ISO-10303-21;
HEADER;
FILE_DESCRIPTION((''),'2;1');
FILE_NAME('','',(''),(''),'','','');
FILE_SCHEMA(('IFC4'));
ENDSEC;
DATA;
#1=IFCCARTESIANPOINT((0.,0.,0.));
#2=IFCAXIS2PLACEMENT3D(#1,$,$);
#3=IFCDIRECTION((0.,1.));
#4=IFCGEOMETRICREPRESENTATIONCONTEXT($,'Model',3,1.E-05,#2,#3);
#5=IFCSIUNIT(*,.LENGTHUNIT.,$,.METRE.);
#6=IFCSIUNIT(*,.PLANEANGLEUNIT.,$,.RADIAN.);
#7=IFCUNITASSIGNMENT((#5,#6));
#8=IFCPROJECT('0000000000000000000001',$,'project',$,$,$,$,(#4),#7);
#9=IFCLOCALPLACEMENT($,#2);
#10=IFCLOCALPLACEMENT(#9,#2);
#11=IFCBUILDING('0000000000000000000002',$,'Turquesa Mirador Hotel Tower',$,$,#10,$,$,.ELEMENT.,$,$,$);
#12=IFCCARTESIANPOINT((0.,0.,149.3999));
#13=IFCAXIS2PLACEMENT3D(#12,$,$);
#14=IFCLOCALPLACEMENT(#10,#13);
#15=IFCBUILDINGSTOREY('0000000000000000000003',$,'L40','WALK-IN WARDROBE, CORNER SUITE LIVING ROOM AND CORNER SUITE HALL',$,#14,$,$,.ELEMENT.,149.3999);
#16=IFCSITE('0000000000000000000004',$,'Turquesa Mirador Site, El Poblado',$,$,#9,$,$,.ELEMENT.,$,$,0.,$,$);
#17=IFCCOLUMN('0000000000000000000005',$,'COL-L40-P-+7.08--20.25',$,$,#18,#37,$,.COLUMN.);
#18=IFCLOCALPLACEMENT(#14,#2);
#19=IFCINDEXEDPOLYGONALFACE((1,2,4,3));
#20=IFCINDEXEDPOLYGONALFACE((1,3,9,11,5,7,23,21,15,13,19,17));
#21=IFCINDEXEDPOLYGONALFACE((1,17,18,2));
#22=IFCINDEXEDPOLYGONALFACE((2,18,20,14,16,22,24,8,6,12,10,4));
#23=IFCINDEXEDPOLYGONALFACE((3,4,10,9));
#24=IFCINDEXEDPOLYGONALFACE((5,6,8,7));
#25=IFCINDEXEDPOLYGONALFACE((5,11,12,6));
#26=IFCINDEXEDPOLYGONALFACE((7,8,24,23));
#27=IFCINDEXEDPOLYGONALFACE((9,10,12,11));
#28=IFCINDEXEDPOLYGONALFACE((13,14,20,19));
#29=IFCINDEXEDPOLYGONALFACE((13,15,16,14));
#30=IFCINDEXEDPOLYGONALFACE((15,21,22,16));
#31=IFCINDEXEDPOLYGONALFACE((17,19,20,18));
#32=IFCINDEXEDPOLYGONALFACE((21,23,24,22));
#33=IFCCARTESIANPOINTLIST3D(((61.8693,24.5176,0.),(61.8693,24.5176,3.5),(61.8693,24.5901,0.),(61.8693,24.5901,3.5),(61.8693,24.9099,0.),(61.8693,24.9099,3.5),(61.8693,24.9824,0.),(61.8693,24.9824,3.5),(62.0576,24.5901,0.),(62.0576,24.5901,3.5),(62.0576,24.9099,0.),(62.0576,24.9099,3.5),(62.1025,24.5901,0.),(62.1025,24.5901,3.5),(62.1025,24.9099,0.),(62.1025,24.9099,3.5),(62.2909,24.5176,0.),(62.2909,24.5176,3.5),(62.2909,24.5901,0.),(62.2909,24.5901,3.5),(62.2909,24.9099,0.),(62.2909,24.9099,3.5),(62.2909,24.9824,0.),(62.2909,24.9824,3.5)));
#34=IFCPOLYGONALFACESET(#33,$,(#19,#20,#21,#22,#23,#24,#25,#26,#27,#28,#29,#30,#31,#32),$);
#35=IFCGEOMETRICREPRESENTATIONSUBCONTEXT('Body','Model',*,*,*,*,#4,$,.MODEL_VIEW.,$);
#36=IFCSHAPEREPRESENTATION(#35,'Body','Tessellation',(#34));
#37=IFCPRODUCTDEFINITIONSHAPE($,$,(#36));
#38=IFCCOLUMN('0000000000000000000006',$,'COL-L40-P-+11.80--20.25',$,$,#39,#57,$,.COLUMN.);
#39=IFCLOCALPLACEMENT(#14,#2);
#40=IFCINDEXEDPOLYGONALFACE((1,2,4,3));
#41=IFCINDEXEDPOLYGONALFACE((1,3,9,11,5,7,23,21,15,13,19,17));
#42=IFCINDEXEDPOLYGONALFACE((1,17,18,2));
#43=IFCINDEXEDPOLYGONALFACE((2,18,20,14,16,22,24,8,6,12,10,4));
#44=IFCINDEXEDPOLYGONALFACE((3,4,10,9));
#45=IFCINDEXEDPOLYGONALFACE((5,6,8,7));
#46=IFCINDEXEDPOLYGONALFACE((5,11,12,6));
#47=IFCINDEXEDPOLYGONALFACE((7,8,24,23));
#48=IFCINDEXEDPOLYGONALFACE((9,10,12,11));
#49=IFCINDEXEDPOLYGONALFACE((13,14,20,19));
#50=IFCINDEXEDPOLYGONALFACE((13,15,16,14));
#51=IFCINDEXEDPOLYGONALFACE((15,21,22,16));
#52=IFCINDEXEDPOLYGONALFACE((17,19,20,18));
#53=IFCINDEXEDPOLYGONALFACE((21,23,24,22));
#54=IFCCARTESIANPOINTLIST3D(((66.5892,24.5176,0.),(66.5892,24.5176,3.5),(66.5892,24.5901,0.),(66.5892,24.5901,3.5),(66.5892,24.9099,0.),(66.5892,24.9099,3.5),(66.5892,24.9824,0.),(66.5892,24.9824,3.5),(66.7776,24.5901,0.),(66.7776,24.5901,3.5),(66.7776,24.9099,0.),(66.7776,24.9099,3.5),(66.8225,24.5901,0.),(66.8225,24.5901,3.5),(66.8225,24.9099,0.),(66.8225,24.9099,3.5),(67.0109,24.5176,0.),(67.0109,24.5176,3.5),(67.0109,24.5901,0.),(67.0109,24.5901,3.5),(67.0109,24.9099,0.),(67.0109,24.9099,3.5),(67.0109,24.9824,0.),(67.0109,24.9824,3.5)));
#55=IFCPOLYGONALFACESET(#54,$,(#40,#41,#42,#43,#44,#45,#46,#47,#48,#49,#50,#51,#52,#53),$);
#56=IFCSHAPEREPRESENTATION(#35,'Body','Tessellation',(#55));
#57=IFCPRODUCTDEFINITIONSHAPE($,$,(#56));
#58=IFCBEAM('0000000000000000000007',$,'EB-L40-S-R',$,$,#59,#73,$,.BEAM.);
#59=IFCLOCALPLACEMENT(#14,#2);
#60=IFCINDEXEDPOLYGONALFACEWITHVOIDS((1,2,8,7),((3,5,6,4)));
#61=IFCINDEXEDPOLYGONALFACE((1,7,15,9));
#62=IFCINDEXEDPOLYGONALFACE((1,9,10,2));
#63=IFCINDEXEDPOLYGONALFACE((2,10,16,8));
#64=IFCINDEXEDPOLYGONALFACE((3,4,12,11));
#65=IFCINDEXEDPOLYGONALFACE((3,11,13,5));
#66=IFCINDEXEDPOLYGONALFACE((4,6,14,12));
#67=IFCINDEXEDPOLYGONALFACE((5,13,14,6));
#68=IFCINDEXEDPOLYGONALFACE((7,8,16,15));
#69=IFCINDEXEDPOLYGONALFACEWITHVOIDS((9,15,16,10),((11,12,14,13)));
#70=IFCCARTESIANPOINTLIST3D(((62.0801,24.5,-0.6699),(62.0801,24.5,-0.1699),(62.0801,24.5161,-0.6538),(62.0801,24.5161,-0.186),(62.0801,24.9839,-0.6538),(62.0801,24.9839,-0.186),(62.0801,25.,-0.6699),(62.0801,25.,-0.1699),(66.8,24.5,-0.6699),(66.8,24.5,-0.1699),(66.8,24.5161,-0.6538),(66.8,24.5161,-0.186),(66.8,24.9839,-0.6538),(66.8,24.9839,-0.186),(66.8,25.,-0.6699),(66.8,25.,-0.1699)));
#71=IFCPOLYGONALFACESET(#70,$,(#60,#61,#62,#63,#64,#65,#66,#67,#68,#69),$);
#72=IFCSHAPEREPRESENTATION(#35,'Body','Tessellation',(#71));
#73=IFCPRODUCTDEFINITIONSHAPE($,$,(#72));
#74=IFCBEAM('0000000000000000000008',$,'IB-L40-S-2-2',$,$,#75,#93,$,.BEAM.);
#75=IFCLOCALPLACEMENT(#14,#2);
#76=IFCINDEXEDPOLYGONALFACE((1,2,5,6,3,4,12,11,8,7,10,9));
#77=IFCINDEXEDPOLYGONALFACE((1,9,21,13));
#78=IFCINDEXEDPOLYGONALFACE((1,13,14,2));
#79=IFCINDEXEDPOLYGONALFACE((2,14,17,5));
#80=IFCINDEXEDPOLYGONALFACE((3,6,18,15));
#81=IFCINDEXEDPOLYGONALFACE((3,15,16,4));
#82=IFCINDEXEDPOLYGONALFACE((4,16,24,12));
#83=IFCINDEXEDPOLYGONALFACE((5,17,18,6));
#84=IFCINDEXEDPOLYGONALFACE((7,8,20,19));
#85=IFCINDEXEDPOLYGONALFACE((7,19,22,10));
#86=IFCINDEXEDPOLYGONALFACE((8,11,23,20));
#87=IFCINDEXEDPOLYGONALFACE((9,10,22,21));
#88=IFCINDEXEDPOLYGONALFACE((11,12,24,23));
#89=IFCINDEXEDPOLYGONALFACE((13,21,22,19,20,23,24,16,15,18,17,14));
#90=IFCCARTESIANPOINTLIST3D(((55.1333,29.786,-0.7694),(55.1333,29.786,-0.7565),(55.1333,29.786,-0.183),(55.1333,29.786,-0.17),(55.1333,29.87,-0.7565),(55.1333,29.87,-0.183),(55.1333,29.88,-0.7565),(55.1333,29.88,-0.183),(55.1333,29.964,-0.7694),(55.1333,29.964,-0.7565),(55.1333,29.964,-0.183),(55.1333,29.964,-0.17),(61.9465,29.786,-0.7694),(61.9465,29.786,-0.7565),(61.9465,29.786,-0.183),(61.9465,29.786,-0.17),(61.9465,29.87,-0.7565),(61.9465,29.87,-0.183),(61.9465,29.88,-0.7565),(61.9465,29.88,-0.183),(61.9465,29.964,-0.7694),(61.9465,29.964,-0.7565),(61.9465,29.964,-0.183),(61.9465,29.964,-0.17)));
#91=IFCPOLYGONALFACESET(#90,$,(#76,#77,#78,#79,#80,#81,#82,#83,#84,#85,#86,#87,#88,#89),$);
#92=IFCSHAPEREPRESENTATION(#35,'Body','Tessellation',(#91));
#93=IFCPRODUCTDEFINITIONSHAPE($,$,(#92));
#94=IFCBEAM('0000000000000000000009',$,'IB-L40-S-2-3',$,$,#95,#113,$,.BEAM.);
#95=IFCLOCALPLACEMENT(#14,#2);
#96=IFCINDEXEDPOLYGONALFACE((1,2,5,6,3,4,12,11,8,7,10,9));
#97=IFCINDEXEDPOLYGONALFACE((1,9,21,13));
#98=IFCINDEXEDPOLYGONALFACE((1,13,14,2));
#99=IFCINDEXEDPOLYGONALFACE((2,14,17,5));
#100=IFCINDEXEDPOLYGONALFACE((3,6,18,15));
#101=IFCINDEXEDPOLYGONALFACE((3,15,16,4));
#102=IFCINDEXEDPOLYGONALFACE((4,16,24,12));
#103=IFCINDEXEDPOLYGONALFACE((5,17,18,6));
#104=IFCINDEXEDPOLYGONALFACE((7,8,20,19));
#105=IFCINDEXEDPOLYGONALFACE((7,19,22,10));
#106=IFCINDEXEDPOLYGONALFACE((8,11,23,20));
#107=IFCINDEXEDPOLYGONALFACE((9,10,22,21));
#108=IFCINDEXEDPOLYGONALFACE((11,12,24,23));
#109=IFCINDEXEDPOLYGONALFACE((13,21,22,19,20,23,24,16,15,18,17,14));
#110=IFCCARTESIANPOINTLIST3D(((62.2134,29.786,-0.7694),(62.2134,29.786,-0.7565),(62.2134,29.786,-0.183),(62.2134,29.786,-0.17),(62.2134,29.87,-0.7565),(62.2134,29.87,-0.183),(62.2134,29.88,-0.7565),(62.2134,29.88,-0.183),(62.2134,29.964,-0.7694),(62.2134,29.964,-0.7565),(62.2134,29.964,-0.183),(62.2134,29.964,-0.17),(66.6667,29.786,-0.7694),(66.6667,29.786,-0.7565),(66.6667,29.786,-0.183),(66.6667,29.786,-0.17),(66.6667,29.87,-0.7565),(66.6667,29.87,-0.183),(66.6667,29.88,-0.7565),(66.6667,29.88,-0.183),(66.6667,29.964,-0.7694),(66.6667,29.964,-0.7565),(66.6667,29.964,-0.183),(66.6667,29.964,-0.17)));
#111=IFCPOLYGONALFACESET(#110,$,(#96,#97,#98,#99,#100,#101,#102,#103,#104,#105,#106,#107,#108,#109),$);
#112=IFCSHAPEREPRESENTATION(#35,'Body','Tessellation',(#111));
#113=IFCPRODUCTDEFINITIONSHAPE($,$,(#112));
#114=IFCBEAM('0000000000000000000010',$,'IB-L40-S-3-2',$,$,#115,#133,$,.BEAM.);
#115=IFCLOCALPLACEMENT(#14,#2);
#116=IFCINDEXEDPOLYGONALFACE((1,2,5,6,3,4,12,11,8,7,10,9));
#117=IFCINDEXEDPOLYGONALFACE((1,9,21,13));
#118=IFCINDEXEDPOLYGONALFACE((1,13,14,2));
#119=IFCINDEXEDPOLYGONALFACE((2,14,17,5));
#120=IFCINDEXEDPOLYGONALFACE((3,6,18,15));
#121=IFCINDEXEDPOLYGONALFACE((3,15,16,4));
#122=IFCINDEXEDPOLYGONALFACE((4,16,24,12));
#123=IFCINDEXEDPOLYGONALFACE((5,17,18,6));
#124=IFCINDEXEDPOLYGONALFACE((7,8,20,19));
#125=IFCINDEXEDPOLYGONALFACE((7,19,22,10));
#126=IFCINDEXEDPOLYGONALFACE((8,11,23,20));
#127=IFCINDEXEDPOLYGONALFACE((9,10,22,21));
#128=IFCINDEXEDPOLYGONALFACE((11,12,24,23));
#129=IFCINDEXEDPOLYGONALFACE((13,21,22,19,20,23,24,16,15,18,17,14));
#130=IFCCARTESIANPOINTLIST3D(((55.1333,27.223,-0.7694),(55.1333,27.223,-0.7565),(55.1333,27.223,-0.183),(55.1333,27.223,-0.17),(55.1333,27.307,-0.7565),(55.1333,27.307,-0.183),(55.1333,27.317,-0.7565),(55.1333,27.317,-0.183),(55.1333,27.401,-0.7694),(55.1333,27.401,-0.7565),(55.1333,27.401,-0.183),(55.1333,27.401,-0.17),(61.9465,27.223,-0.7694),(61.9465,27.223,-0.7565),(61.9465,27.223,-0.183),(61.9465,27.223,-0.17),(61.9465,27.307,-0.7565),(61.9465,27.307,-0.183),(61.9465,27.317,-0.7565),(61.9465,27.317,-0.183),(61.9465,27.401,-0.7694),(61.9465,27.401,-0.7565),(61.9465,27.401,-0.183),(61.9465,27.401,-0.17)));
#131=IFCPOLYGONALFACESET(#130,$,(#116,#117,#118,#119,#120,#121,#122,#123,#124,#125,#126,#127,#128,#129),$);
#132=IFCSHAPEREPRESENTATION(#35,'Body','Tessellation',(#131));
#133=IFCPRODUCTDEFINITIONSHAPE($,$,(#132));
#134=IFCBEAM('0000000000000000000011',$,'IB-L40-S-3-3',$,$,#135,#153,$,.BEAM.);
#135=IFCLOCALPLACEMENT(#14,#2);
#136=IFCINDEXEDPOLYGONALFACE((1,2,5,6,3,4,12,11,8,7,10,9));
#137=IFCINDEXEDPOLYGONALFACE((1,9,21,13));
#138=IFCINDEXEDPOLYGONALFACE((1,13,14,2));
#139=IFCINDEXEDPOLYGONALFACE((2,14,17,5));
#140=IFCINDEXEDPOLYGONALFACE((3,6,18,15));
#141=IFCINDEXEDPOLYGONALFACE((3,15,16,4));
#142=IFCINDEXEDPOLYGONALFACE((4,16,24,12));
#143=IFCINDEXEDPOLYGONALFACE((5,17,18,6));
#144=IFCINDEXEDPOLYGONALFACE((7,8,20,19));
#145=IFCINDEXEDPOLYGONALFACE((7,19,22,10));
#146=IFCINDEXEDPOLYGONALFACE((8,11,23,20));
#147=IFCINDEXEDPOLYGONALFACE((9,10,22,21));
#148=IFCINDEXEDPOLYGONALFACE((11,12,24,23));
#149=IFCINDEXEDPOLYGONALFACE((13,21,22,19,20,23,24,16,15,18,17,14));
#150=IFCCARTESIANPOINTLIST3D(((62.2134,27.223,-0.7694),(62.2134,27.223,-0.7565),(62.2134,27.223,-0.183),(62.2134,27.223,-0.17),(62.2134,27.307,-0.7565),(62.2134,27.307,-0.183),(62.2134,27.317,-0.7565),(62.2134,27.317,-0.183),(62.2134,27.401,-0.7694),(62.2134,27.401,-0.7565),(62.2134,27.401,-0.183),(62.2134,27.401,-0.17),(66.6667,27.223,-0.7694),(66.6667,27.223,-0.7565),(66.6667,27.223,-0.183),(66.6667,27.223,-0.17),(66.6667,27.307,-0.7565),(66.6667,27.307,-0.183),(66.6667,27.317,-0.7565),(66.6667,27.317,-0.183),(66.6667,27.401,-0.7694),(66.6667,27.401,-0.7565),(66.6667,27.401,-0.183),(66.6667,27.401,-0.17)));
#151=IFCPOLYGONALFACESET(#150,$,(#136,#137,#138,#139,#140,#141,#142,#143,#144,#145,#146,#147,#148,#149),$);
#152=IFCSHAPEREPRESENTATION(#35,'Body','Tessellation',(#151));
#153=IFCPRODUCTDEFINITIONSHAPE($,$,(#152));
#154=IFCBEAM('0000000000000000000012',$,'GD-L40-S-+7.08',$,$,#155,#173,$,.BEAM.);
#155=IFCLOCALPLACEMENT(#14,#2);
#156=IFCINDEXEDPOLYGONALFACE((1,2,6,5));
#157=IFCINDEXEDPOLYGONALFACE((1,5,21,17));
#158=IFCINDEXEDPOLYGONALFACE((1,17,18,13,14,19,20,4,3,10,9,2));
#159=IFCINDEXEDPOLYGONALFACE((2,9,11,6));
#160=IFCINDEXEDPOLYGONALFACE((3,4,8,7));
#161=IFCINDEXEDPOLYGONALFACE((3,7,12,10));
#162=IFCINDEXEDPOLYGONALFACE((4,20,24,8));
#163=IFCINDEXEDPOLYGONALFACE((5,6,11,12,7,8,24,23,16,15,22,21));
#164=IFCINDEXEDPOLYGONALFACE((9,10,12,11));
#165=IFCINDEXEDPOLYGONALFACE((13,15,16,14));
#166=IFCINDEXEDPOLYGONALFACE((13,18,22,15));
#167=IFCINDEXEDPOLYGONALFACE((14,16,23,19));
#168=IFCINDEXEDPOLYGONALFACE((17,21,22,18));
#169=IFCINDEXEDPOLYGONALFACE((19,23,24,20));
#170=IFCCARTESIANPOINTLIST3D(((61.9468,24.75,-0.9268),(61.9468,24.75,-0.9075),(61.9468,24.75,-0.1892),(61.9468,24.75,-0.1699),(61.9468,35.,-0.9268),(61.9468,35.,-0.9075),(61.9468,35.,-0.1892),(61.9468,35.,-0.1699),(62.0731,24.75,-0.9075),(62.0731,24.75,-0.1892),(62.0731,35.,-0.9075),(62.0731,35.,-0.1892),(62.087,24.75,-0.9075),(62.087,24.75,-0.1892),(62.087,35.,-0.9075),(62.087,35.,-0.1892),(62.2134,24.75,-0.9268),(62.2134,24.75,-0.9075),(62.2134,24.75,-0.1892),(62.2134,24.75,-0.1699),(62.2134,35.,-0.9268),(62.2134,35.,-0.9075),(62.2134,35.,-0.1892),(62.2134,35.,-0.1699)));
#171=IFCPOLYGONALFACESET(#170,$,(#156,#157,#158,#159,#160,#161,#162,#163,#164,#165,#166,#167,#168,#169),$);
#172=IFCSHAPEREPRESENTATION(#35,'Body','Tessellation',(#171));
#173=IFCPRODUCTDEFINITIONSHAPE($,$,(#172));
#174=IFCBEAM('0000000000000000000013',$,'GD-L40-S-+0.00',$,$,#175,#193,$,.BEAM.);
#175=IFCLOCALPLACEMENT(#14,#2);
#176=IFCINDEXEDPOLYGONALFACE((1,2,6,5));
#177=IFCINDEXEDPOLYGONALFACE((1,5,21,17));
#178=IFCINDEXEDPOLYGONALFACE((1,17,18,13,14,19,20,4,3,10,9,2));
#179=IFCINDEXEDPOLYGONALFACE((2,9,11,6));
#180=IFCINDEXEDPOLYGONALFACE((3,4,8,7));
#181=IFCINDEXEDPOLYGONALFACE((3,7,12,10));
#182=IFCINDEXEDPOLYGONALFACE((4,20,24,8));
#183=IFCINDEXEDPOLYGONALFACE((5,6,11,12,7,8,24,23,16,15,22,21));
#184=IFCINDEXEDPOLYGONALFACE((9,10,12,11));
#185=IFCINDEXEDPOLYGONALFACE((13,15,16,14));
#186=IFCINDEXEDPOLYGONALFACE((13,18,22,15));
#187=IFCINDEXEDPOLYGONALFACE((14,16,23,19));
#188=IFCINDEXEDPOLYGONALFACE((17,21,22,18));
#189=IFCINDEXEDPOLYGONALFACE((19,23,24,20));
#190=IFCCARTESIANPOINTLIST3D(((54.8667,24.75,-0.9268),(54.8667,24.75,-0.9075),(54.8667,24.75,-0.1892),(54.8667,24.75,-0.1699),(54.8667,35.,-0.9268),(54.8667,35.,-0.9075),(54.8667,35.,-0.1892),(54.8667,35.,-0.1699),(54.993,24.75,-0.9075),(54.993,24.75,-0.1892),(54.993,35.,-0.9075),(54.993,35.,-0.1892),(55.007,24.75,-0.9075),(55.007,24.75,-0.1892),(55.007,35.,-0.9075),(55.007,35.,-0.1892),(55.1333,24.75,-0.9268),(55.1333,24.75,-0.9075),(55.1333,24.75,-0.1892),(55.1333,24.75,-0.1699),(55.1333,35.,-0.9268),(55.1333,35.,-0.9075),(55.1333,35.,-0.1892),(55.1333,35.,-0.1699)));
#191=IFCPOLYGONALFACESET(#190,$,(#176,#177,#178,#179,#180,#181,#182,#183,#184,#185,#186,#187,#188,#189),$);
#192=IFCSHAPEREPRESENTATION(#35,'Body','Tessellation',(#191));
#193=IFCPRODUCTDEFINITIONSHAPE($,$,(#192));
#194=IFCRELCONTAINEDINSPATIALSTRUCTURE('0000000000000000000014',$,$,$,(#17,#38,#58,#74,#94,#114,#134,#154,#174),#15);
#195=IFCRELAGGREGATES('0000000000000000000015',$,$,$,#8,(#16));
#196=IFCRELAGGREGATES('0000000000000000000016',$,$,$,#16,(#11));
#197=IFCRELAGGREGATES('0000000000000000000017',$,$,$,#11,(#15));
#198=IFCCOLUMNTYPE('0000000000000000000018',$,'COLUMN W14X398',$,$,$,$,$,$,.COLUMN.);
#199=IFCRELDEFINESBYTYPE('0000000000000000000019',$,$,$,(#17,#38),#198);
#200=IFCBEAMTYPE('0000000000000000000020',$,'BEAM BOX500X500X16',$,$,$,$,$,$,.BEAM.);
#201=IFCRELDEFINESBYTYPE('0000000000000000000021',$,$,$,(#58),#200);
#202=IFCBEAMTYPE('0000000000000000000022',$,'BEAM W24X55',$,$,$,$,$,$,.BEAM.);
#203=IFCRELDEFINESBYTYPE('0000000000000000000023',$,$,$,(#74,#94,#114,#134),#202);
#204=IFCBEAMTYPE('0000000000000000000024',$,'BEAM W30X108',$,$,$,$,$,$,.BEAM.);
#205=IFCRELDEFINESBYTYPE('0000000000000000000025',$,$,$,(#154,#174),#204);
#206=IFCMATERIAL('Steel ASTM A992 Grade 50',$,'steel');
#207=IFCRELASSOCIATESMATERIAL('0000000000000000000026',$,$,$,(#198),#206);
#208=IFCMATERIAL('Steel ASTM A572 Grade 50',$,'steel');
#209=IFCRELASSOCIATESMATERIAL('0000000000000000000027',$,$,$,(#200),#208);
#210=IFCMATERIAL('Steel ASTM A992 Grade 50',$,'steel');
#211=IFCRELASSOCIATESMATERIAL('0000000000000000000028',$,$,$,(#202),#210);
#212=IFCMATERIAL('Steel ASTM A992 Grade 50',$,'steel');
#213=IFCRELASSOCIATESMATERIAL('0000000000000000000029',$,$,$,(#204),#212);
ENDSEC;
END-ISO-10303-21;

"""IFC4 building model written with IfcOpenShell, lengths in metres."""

from ifc_helpers import new_model, si_unit, direction, frame, origin, origin_2d, place, context, subcontext, project, spatial, hollow_rectangle, i_section, extrude, material, material_profile, profile_set, type_object, element, save


model = new_model("IFC4")

# Units and contexts
model_context = context("Model", 3, precision=1e-05, world=origin(), true_north=direction((0.0, 1.0)))
body_context = subcontext(model_context, "Body", "Model", "MODEL_VIEW")
ifc_project = project(units=[si_unit("LENGTHUNIT", "METRE"), si_unit("PLANEANGLEUNIT", "RADIAN")], contexts=[model_context])

# Site, building, storey
site_placement = place(None, origin())
site = spatial("IfcSite", under=ifc_project, at=site_placement, Name="Turquesa Mirador Site, El Poblado", CompositionType="ELEMENT", RefElevation=0.0)
building_placement = place(site_placement, origin())
building = spatial("IfcBuilding", under=site, at=building_placement, Name="Turquesa Mirador Hotel Tower", CompositionType="ELEMENT")
storey_placement = place(building_placement, frame((0.0, 0.0, 149.3999)))
storey = spatial("IfcBuildingStorey", under=building, at=storey_placement, Name="L40", Description="WALK-IN WARDROBE, CORNER SUITE LIVING ROOM AND CORNER SUITE HALL", CompositionType="ELEMENT", Elevation=149.3999)

# Columns
ifc_material_1 = material(Name="Steel ASTM A992 Grade 50", Category="steel")
ifc_material_profile_1 = material_profile(ifc_material_1, i_section(OverallWidth=0.4216, OverallDepth=0.4648, WebThickness=0.0449, FlangeThickness=0.0725, at=origin_2d()), Name="W14X398")
ifc_profile_set_1 = profile_set([ifc_material_profile_1], Name="Steel ASTM A992 Grade 50")
column_type = type_object("IfcColumnType", Name="COLUMN W14X398", PredefinedType="COLUMN", material=ifc_profile_set_1)
for number, where, z_axis, x_axis, name in (
    (1, (62.0801, 24.75, 0.0), (0.0, 0.0, 1.0), (1.0, 0.0, 0.0), "COL-L40-P-+7.08--20.25"),
    (2, (66.8, 24.75, 0.0), (0.0, 0.0, 1.0), (1.0, 0.0, 0.0), "COL-L40-P-+11.80--20.25"),
):
    element("IfcColumn", number, at=place(storey_placement, frame(where, z_axis=z_axis, x_axis=x_axis)), inside=storey, type_object=column_type, Name=name, PredefinedType="COLUMN", context=body_context, shape_type="SweptSolid", body=[
        extrude(i_section(OverallWidth=0.4216, OverallDepth=0.4648, WebThickness=0.0449, FlangeThickness=0.0725, at=origin_2d()), origin(), (0.0, 0.0, 1.0), 3.5),
    ])

# Beams
ifc_material_2 = material(Name="Steel ASTM A572 Grade 50", Category="steel")
ifc_material_profile_2 = material_profile(ifc_material_2, hollow_rectangle(XDim=0.5, YDim=0.5, WallThickness=0.0161, at=origin_2d()), Name="BOX500X500X16")
ifc_profile_set_2 = profile_set([ifc_material_profile_2], Name="Steel ASTM A572 Grade 50")
beam_type_1 = type_object("IfcBeamType", Name="BEAM BOX500X500X16", PredefinedType="BEAM", material=ifc_profile_set_2)
beam_1_placement = place(storey_placement, frame((62.0801, 24.75, -0.4199), z_axis=(1.0, 0.0, 0.0), x_axis=(0.0, 1.0, 0.0)))
element("IfcBeam", 3, at=beam_1_placement, inside=storey, type_object=beam_type_1, Name="EB-L40-S-R", PredefinedType="BEAM", context=body_context, shape_type="SweptSolid", body=[
    extrude(hollow_rectangle(XDim=0.5, YDim=0.5, WallThickness=0.0161, at=origin_2d()), origin(), (0.0, 0.0, 1.0), 4.72),
])
ifc_material_3 = material(Name="Steel ASTM A992 Grade 50", Category="steel")
ifc_material_profile_3 = material_profile(ifc_material_3, i_section(OverallWidth=0.178, OverallDepth=0.5994, WebThickness=0.01, FlangeThickness=0.0129, at=origin_2d()), Name="W24X55")
ifc_profile_set_3 = profile_set([ifc_material_profile_3], Name="Steel ASTM A992 Grade 50")
beam_type_2 = type_object("IfcBeamType", Name="BEAM W24X55", PredefinedType="BEAM", material=ifc_profile_set_3)
beam_2_placement = place(storey_placement, frame((55.1333, 29.875, -0.4697), z_axis=(1.0, 0.0, 0.0), x_axis=(0.0, 1.0, 0.0)))
element("IfcBeam", 4, at=beam_2_placement, inside=storey, type_object=beam_type_2, Name="IB-L40-S-2-2", PredefinedType="BEAM", context=body_context, shape_type="SweptSolid", body=[
    extrude(i_section(OverallWidth=0.178, OverallDepth=0.5994, WebThickness=0.01, FlangeThickness=0.0129, at=origin_2d()), origin(), (0.0, 0.0, 1.0), 6.8132),
])
beam_3_placement = place(storey_placement, frame((62.2134, 29.875, -0.4697), z_axis=(1.0, 0.0, 0.0), x_axis=(0.0, 1.0, 0.0)))
element("IfcBeam", 5, at=beam_3_placement, inside=storey, type_object=beam_type_2, Name="IB-L40-S-2-3", PredefinedType="BEAM", context=body_context, shape_type="SweptSolid", body=[
    extrude(i_section(OverallWidth=0.178, OverallDepth=0.5994, WebThickness=0.01, FlangeThickness=0.0129, at=origin_2d()), origin(), (0.0, 0.0, 1.0), 4.4534),
])
beam_4_placement = place(storey_placement, frame((55.1333, 27.312, -0.4697), z_axis=(1.0, 0.0, 0.0), x_axis=(0.0, 1.0, 0.0)))
element("IfcBeam", 6, at=beam_4_placement, inside=storey, type_object=beam_type_2, Name="IB-L40-S-3-2", PredefinedType="BEAM", context=body_context, shape_type="SweptSolid", body=[
    extrude(i_section(OverallWidth=0.178, OverallDepth=0.5994, WebThickness=0.01, FlangeThickness=0.0129, at=origin_2d()), origin(), (0.0, 0.0, 1.0), 6.8132),
])
beam_5_placement = place(storey_placement, frame((62.2134, 27.312, -0.4697), z_axis=(1.0, 0.0, 0.0), x_axis=(0.0, 1.0, 0.0)))
element("IfcBeam", 7, at=beam_5_placement, inside=storey, type_object=beam_type_2, Name="IB-L40-S-3-3", PredefinedType="BEAM", context=body_context, shape_type="SweptSolid", body=[
    extrude(i_section(OverallWidth=0.178, OverallDepth=0.5994, WebThickness=0.01, FlangeThickness=0.0129, at=origin_2d()), origin(), (0.0, 0.0, 1.0), 4.4534),
])
ifc_material_4 = material(Name="Steel ASTM A992 Grade 50", Category="steel")
ifc_material_profile_4 = material_profile(ifc_material_4, i_section(OverallWidth=0.2666, OverallDepth=0.7568, WebThickness=0.0139, FlangeThickness=0.0193, at=origin_2d()), Name="W30X108")
ifc_profile_set_4 = profile_set([ifc_material_profile_4], Name="Steel ASTM A992 Grade 50")
beam_type_3 = type_object("IfcBeamType", Name="BEAM W30X108", PredefinedType="BEAM", material=ifc_profile_set_4)
for number, where, z_axis, x_axis, name in (
    (8, (62.0801, 24.75, -0.5483), (0.0, 1.0, 0.0), (-1.0, 0.0, 0.0), "GD-L40-S-+7.08"),
    (9, (55.0, 24.75, -0.5483), (0.0, 1.0, 0.0), (-1.0, 0.0, 0.0), "GD-L40-S-+0.00"),
):
    element("IfcBeam", number, at=place(storey_placement, frame(where, z_axis=z_axis, x_axis=x_axis)), inside=storey, type_object=beam_type_3, Name=name, PredefinedType="BEAM", context=body_context, shape_type="SweptSolid", body=[
        extrude(i_section(OverallWidth=0.2666, OverallDepth=0.7568, WebThickness=0.0139, FlangeThickness=0.0193, at=origin_2d()), origin(), (0.0, 0.0, 1.0), 10.25),
    ])

save(model, "model.ifc")
